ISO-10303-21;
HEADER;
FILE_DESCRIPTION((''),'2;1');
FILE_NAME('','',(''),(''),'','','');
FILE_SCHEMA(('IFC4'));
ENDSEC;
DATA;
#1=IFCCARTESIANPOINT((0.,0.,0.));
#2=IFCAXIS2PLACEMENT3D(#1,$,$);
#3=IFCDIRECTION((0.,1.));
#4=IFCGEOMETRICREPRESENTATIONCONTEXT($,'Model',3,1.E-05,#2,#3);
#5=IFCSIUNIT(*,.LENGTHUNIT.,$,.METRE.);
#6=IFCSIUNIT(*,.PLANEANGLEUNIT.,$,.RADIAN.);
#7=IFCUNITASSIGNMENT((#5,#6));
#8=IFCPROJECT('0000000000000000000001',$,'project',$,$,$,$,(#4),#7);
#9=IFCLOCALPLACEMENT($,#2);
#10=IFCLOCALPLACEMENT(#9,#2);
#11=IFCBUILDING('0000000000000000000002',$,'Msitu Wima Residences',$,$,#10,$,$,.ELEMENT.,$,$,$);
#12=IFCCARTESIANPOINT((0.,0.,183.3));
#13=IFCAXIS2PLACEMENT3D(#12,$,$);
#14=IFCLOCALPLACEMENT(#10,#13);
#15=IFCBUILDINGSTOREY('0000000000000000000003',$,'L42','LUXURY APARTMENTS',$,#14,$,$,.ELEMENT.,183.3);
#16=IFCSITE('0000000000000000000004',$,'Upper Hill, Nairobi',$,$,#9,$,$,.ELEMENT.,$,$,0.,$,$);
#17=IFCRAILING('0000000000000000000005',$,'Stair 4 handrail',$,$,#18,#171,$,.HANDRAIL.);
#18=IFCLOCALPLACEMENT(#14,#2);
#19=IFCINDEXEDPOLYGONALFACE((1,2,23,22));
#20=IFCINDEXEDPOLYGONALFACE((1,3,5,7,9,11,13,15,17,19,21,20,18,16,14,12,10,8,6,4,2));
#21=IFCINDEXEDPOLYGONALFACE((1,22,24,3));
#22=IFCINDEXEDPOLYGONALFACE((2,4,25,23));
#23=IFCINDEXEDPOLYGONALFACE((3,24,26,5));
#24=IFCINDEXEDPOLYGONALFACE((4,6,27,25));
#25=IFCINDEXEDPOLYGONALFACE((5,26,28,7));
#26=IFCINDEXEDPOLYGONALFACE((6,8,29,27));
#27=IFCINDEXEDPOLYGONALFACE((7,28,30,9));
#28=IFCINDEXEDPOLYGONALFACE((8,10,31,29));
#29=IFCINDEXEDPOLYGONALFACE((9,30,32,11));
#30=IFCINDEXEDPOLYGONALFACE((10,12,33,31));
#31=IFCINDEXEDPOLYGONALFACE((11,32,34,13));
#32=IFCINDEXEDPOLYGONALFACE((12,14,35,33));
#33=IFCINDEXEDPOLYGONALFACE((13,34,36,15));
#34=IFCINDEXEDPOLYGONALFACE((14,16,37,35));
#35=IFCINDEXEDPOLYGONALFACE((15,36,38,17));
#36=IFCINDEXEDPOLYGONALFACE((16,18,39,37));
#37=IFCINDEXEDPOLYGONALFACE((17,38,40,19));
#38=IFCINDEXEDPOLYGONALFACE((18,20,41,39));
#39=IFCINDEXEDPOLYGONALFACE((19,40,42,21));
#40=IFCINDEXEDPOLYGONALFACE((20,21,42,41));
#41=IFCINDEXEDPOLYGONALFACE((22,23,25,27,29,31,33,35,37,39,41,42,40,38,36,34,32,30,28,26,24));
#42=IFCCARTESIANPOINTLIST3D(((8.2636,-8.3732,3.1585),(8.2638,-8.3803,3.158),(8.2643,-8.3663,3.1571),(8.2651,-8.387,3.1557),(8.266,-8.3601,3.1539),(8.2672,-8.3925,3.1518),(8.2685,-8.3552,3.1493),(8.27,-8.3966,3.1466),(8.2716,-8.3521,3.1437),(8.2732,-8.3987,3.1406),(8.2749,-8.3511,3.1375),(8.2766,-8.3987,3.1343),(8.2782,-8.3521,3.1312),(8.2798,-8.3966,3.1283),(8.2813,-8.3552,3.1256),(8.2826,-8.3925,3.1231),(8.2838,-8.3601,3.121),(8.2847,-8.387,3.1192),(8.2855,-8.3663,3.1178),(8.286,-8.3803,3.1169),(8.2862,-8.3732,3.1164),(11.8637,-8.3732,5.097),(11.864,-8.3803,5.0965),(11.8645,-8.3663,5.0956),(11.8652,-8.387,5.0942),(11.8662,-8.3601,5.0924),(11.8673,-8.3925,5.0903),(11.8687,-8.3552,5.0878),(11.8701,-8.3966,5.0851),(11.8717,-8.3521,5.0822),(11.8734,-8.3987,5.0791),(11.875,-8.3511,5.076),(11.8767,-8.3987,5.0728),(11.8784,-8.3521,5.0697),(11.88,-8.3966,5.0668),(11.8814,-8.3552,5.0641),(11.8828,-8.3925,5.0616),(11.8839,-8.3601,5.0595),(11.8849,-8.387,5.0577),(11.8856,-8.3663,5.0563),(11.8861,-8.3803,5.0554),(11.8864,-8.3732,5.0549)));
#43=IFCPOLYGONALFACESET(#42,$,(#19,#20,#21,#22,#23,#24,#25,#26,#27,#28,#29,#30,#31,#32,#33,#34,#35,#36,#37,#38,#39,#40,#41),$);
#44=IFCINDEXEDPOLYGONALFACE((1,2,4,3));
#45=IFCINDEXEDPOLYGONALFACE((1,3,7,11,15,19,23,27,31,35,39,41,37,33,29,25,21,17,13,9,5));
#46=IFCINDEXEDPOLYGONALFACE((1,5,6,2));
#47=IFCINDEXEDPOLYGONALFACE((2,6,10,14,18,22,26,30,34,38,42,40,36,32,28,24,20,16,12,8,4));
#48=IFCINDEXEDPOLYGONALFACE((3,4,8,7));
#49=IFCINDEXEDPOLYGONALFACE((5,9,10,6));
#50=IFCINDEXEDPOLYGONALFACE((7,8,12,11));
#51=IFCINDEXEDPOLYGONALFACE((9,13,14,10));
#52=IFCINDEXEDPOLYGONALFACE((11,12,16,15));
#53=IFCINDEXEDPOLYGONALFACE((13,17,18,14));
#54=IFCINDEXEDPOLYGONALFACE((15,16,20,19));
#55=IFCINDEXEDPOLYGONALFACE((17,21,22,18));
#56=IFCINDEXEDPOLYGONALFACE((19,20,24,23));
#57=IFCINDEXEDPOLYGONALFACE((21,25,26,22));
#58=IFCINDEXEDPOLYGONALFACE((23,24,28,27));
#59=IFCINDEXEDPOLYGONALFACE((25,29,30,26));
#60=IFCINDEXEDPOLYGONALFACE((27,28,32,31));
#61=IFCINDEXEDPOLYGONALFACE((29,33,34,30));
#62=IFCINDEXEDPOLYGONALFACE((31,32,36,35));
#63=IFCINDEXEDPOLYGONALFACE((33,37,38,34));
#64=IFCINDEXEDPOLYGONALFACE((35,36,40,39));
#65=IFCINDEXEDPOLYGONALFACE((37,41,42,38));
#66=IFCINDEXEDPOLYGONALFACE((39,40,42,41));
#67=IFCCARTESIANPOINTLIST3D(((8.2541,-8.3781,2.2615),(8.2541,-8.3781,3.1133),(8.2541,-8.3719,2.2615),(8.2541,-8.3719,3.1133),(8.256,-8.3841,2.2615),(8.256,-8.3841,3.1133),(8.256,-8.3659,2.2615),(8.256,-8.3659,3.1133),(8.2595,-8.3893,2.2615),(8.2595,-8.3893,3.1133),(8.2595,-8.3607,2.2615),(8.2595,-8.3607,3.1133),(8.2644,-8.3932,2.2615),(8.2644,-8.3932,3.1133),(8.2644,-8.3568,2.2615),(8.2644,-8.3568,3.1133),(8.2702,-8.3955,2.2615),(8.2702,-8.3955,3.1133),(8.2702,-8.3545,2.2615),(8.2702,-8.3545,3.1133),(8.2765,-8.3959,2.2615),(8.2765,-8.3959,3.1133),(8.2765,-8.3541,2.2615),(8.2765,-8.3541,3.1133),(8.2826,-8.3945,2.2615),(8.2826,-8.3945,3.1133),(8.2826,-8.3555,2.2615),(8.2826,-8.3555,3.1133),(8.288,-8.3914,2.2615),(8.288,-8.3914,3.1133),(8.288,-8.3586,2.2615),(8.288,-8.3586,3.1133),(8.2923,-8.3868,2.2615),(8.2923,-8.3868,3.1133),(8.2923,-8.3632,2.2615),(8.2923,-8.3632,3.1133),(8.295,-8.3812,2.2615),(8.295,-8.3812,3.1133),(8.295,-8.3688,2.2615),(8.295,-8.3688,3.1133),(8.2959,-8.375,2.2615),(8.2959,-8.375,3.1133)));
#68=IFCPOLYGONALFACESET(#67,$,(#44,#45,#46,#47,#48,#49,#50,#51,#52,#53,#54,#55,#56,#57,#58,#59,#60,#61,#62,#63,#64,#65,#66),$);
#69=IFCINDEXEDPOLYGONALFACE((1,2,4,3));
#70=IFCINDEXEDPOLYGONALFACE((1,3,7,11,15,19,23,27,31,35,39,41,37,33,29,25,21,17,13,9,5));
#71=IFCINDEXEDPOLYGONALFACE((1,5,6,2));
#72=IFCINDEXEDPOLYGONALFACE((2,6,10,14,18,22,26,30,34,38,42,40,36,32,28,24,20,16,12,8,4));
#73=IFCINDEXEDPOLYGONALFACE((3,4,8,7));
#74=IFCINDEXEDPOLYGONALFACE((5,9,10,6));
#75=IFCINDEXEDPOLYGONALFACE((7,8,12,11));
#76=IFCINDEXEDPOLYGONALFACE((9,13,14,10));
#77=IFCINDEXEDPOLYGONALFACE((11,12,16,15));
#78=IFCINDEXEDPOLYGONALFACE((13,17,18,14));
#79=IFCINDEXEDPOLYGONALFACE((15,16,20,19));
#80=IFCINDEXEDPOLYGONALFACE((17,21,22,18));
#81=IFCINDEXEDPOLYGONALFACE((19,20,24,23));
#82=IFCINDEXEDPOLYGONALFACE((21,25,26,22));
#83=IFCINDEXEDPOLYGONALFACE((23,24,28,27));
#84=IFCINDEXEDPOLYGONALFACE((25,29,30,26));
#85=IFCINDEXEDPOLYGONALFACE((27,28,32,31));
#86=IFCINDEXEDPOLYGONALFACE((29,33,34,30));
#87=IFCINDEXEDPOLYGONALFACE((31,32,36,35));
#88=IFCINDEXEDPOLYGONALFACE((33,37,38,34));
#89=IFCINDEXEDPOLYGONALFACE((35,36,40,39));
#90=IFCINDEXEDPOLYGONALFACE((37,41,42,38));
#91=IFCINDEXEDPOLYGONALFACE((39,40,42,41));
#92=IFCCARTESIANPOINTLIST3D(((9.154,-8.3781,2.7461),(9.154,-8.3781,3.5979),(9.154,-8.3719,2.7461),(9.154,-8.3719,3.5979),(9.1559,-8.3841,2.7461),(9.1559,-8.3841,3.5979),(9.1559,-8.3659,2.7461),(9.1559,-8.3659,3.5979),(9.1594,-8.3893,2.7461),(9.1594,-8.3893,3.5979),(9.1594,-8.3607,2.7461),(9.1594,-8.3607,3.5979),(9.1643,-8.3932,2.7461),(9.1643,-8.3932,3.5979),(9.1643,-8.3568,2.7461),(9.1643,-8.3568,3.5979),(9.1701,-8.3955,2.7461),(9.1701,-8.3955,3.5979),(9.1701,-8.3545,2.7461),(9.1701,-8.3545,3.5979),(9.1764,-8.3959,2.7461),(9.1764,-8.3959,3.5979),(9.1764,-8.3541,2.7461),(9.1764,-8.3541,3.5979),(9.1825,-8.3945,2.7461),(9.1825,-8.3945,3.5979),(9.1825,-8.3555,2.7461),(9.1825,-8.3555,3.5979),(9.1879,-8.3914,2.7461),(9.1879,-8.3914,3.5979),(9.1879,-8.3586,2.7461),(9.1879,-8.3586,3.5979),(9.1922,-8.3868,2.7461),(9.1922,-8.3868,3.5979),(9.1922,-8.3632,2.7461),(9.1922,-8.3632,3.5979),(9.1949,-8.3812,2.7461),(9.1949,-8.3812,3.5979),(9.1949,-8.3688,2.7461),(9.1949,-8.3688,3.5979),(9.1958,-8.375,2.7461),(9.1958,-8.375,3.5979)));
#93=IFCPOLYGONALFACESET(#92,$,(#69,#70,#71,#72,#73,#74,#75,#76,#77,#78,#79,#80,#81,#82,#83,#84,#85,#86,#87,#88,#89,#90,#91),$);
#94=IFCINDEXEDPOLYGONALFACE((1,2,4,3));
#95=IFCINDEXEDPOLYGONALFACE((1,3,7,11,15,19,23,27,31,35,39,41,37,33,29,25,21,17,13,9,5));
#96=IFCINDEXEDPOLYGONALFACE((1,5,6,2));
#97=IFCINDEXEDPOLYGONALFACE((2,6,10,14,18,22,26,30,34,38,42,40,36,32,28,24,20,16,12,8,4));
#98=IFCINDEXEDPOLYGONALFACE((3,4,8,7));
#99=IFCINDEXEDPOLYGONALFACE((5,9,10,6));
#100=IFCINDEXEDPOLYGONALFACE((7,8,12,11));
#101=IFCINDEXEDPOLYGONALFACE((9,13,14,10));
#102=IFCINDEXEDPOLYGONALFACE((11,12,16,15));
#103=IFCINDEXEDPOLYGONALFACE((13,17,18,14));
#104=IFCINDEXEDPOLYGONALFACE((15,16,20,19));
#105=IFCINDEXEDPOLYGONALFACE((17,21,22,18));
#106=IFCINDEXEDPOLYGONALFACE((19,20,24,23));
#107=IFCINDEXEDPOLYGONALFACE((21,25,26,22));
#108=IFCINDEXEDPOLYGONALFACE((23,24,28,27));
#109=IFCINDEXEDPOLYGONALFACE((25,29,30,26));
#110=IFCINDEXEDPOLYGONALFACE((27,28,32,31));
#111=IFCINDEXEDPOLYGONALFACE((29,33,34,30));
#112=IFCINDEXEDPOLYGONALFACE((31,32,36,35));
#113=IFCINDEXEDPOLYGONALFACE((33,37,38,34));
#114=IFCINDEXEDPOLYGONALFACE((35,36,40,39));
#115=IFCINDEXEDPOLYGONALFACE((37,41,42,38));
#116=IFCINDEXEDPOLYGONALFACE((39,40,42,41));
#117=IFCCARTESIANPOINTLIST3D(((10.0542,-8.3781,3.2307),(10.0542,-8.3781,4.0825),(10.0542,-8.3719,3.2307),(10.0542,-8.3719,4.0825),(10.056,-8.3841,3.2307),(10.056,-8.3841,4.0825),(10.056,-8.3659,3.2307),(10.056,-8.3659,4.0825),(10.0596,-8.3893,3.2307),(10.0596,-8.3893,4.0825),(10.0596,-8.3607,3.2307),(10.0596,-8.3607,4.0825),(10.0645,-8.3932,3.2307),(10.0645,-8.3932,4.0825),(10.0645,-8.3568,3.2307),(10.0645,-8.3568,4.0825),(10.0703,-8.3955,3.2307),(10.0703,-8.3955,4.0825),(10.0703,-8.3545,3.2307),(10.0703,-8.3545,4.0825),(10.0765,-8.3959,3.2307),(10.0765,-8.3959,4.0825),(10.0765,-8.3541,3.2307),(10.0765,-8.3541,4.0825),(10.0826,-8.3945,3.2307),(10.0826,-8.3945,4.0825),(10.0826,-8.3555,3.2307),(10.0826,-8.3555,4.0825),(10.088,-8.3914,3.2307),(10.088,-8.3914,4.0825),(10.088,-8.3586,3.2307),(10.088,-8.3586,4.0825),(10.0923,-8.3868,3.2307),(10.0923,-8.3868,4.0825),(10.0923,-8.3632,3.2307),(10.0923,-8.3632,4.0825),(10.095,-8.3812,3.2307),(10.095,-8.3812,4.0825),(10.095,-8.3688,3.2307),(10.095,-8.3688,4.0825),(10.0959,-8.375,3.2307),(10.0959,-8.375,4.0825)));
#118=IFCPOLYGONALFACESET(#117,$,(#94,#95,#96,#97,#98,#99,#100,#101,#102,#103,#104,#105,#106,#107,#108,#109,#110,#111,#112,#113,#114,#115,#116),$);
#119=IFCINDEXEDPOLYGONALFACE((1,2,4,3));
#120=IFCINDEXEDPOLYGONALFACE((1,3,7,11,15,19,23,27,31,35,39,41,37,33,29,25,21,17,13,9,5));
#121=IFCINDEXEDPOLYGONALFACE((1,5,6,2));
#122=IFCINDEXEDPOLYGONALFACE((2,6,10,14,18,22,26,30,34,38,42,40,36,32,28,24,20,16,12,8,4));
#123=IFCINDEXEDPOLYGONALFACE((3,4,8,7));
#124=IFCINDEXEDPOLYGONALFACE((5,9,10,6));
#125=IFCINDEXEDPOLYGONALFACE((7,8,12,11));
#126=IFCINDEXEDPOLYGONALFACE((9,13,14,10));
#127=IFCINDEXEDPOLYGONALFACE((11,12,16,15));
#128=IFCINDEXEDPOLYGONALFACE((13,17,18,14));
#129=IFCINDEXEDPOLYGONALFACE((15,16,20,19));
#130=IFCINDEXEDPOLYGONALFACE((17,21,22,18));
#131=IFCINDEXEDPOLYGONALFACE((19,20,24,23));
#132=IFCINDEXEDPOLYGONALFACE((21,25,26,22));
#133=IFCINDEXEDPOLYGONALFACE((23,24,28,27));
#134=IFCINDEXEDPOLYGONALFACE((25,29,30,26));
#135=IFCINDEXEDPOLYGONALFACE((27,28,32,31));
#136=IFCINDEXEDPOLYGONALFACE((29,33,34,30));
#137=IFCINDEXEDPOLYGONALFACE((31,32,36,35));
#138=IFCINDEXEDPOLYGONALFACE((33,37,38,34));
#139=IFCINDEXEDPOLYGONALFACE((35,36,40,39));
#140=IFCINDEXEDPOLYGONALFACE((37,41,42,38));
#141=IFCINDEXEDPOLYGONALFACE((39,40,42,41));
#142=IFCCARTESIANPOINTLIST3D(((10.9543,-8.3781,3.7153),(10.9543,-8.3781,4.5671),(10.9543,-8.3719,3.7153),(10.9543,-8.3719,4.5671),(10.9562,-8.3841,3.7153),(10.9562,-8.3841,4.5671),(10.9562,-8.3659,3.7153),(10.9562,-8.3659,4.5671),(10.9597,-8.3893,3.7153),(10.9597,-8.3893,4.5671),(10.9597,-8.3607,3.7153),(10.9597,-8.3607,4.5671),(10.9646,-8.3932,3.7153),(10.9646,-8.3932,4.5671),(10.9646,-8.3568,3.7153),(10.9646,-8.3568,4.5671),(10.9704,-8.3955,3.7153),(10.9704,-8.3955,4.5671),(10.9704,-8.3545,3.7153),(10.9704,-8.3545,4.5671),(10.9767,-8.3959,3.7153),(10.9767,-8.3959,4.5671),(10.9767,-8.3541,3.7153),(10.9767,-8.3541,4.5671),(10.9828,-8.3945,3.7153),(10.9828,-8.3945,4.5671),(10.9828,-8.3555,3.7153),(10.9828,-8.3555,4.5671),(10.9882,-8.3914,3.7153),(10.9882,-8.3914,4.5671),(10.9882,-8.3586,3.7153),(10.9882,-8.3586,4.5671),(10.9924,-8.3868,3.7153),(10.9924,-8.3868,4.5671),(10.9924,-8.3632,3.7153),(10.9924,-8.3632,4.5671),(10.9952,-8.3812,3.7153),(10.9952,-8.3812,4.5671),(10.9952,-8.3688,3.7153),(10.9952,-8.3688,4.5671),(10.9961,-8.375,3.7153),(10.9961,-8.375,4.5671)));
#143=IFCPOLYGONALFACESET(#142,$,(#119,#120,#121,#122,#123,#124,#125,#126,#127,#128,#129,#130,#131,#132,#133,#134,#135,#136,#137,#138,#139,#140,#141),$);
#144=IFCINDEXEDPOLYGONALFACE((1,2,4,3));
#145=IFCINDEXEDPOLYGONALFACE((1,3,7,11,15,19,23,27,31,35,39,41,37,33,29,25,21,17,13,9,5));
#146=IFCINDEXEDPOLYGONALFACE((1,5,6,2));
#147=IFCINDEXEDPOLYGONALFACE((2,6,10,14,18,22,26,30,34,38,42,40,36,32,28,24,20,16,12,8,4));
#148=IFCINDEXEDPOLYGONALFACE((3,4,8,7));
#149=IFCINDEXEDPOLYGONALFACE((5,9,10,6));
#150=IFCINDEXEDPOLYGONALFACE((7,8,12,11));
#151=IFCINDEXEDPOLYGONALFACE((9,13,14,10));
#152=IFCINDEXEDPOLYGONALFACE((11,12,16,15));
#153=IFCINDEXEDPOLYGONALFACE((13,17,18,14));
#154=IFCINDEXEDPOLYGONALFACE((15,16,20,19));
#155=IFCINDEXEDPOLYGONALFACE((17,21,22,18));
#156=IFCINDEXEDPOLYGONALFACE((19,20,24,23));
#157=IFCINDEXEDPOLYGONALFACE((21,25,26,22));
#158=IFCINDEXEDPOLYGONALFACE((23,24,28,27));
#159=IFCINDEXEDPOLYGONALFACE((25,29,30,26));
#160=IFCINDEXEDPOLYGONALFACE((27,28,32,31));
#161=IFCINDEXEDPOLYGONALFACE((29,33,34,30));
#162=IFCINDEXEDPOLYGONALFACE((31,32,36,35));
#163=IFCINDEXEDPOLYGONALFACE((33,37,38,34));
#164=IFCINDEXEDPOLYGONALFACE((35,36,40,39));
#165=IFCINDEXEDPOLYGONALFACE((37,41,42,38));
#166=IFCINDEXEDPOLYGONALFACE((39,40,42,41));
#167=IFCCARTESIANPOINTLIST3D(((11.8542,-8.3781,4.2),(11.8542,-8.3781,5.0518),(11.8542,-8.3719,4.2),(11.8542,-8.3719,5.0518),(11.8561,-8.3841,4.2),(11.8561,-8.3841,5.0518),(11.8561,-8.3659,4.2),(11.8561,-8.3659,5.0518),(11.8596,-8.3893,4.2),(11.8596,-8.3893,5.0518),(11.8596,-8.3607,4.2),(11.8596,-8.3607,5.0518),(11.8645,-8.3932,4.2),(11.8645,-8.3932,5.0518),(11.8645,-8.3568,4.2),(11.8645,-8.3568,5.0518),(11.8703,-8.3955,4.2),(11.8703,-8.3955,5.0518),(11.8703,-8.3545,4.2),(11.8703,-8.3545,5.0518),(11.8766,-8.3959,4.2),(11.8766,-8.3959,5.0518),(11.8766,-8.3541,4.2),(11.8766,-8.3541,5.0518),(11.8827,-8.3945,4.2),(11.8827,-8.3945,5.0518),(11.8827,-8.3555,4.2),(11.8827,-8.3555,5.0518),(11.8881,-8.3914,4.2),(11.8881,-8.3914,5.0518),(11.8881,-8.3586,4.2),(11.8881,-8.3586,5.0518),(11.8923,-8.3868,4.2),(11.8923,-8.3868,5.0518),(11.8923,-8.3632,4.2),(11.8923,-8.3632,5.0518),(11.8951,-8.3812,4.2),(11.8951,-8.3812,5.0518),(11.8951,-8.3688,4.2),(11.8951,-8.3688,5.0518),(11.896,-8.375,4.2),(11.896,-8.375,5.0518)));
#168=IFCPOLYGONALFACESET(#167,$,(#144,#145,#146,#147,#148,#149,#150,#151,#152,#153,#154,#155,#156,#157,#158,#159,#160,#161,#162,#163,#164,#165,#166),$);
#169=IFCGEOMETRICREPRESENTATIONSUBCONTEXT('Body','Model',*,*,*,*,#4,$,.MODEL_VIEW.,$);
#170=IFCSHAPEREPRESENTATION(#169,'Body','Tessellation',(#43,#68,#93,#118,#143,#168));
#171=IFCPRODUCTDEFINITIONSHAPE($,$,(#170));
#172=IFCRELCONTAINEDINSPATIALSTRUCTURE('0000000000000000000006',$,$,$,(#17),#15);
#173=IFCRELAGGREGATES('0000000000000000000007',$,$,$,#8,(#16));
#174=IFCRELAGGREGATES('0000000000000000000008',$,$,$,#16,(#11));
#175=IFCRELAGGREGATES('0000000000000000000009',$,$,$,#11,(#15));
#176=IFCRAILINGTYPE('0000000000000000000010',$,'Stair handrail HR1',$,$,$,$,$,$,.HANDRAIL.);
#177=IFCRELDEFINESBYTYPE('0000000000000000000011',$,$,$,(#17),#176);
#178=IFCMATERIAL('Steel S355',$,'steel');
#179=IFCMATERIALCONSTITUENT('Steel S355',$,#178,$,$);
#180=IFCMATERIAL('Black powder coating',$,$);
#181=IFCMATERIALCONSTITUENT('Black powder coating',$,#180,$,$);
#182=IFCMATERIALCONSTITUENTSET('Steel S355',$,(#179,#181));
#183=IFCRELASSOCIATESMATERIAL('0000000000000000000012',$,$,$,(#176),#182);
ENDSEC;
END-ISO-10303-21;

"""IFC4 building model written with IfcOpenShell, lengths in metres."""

from ifc_helpers import new_model, si_unit, direction, frame, origin, origin_2d, place, context, subcontext, project, spatial, circle, extrude, material, constituent, constituent_set, type_object, element, save


model = new_model("IFC4")

# Units and contexts
model_context = context("Model", 3, precision=1e-05, world=origin(), true_north=direction((0.0, 1.0)))
body_context = subcontext(model_context, "Body", "Model", "MODEL_VIEW")
ifc_project = project(units=[si_unit("LENGTHUNIT", "METRE"), si_unit("PLANEANGLEUNIT", "RADIAN")], contexts=[model_context])

# Site, building, storey
site_placement = place(None, origin())
site = spatial("IfcSite", under=ifc_project, at=site_placement, Name="Upper Hill, Nairobi", CompositionType="ELEMENT", RefElevation=0.0)
building_placement = place(site_placement, origin())
building = spatial("IfcBuilding", under=site, at=building_placement, Name="Msitu Wima Residences", CompositionType="ELEMENT")
storey_placement = place(building_placement, frame((0.0, 0.0, 183.3)))
storey = spatial("IfcBuildingStorey", under=building, at=storey_placement, Name="L42", Description="LUXURY APARTMENTS", CompositionType="ELEMENT", Elevation=183.3)

# Railing
ifc_material_1 = material(Name="Steel S355", Category="steel")
ifc_constituent_1 = constituent(ifc_material_1, Name="Steel S355")
ifc_material_2 = material(Name="Black powder coating")
ifc_constituent_2 = constituent(ifc_material_2, Name="Black powder coating")
ifc_constituent_set = constituent_set(constituents=[ifc_constituent_1, ifc_constituent_2], Name="Steel S355")
railing_type = type_object("IfcRailingType", Name="Stair handrail HR1", PredefinedType="HANDRAIL", material=ifc_constituent_set)
for number, where, name in (
    (1, (8.2749, -8.375, 2.2615), "Stair 4 handrail"),
):
    element("IfcRailing", number, at=place(storey_placement, frame(where)), inside=storey, type_object=railing_type, Name=name, PredefinedType="HANDRAIL", context=body_context, shape_type="SweptSolid", body=[
        extrude(circle(Radius=0.0239, at=origin_2d()), frame((0.0, 0.0, 0.876), z_axis=(0.880475, 0.0, 0.474093), x_axis=(0.0, 1.0, 0.0)), (0.0, 0.0, 1.0), 4.0889),
        extrude(circle(Radius=0.021, at=origin_2d()), origin(), (0.0, 0.0, 1.0), 0.8518),
        extrude(circle(Radius=0.021, at=origin_2d()), frame((0.8999, 0.0, 0.4846)), (0.0, 0.0, 1.0), 0.8518),
        extrude(circle(Radius=0.021, at=origin_2d()), frame((1.8, 0.0, 0.9692)), (0.0, 0.0, 1.0), 0.8518),
        extrude(circle(Radius=0.021, at=origin_2d()), frame((2.7002, 0.0, 1.4539)), (0.0, 0.0, 1.0), 0.8518),
        extrude(circle(Radius=0.021, at=origin_2d()), frame((3.6001, 0.0, 1.9385)), (0.0, 0.0, 1.0), 0.8518),
    ])

save(model, "model.ifc")
